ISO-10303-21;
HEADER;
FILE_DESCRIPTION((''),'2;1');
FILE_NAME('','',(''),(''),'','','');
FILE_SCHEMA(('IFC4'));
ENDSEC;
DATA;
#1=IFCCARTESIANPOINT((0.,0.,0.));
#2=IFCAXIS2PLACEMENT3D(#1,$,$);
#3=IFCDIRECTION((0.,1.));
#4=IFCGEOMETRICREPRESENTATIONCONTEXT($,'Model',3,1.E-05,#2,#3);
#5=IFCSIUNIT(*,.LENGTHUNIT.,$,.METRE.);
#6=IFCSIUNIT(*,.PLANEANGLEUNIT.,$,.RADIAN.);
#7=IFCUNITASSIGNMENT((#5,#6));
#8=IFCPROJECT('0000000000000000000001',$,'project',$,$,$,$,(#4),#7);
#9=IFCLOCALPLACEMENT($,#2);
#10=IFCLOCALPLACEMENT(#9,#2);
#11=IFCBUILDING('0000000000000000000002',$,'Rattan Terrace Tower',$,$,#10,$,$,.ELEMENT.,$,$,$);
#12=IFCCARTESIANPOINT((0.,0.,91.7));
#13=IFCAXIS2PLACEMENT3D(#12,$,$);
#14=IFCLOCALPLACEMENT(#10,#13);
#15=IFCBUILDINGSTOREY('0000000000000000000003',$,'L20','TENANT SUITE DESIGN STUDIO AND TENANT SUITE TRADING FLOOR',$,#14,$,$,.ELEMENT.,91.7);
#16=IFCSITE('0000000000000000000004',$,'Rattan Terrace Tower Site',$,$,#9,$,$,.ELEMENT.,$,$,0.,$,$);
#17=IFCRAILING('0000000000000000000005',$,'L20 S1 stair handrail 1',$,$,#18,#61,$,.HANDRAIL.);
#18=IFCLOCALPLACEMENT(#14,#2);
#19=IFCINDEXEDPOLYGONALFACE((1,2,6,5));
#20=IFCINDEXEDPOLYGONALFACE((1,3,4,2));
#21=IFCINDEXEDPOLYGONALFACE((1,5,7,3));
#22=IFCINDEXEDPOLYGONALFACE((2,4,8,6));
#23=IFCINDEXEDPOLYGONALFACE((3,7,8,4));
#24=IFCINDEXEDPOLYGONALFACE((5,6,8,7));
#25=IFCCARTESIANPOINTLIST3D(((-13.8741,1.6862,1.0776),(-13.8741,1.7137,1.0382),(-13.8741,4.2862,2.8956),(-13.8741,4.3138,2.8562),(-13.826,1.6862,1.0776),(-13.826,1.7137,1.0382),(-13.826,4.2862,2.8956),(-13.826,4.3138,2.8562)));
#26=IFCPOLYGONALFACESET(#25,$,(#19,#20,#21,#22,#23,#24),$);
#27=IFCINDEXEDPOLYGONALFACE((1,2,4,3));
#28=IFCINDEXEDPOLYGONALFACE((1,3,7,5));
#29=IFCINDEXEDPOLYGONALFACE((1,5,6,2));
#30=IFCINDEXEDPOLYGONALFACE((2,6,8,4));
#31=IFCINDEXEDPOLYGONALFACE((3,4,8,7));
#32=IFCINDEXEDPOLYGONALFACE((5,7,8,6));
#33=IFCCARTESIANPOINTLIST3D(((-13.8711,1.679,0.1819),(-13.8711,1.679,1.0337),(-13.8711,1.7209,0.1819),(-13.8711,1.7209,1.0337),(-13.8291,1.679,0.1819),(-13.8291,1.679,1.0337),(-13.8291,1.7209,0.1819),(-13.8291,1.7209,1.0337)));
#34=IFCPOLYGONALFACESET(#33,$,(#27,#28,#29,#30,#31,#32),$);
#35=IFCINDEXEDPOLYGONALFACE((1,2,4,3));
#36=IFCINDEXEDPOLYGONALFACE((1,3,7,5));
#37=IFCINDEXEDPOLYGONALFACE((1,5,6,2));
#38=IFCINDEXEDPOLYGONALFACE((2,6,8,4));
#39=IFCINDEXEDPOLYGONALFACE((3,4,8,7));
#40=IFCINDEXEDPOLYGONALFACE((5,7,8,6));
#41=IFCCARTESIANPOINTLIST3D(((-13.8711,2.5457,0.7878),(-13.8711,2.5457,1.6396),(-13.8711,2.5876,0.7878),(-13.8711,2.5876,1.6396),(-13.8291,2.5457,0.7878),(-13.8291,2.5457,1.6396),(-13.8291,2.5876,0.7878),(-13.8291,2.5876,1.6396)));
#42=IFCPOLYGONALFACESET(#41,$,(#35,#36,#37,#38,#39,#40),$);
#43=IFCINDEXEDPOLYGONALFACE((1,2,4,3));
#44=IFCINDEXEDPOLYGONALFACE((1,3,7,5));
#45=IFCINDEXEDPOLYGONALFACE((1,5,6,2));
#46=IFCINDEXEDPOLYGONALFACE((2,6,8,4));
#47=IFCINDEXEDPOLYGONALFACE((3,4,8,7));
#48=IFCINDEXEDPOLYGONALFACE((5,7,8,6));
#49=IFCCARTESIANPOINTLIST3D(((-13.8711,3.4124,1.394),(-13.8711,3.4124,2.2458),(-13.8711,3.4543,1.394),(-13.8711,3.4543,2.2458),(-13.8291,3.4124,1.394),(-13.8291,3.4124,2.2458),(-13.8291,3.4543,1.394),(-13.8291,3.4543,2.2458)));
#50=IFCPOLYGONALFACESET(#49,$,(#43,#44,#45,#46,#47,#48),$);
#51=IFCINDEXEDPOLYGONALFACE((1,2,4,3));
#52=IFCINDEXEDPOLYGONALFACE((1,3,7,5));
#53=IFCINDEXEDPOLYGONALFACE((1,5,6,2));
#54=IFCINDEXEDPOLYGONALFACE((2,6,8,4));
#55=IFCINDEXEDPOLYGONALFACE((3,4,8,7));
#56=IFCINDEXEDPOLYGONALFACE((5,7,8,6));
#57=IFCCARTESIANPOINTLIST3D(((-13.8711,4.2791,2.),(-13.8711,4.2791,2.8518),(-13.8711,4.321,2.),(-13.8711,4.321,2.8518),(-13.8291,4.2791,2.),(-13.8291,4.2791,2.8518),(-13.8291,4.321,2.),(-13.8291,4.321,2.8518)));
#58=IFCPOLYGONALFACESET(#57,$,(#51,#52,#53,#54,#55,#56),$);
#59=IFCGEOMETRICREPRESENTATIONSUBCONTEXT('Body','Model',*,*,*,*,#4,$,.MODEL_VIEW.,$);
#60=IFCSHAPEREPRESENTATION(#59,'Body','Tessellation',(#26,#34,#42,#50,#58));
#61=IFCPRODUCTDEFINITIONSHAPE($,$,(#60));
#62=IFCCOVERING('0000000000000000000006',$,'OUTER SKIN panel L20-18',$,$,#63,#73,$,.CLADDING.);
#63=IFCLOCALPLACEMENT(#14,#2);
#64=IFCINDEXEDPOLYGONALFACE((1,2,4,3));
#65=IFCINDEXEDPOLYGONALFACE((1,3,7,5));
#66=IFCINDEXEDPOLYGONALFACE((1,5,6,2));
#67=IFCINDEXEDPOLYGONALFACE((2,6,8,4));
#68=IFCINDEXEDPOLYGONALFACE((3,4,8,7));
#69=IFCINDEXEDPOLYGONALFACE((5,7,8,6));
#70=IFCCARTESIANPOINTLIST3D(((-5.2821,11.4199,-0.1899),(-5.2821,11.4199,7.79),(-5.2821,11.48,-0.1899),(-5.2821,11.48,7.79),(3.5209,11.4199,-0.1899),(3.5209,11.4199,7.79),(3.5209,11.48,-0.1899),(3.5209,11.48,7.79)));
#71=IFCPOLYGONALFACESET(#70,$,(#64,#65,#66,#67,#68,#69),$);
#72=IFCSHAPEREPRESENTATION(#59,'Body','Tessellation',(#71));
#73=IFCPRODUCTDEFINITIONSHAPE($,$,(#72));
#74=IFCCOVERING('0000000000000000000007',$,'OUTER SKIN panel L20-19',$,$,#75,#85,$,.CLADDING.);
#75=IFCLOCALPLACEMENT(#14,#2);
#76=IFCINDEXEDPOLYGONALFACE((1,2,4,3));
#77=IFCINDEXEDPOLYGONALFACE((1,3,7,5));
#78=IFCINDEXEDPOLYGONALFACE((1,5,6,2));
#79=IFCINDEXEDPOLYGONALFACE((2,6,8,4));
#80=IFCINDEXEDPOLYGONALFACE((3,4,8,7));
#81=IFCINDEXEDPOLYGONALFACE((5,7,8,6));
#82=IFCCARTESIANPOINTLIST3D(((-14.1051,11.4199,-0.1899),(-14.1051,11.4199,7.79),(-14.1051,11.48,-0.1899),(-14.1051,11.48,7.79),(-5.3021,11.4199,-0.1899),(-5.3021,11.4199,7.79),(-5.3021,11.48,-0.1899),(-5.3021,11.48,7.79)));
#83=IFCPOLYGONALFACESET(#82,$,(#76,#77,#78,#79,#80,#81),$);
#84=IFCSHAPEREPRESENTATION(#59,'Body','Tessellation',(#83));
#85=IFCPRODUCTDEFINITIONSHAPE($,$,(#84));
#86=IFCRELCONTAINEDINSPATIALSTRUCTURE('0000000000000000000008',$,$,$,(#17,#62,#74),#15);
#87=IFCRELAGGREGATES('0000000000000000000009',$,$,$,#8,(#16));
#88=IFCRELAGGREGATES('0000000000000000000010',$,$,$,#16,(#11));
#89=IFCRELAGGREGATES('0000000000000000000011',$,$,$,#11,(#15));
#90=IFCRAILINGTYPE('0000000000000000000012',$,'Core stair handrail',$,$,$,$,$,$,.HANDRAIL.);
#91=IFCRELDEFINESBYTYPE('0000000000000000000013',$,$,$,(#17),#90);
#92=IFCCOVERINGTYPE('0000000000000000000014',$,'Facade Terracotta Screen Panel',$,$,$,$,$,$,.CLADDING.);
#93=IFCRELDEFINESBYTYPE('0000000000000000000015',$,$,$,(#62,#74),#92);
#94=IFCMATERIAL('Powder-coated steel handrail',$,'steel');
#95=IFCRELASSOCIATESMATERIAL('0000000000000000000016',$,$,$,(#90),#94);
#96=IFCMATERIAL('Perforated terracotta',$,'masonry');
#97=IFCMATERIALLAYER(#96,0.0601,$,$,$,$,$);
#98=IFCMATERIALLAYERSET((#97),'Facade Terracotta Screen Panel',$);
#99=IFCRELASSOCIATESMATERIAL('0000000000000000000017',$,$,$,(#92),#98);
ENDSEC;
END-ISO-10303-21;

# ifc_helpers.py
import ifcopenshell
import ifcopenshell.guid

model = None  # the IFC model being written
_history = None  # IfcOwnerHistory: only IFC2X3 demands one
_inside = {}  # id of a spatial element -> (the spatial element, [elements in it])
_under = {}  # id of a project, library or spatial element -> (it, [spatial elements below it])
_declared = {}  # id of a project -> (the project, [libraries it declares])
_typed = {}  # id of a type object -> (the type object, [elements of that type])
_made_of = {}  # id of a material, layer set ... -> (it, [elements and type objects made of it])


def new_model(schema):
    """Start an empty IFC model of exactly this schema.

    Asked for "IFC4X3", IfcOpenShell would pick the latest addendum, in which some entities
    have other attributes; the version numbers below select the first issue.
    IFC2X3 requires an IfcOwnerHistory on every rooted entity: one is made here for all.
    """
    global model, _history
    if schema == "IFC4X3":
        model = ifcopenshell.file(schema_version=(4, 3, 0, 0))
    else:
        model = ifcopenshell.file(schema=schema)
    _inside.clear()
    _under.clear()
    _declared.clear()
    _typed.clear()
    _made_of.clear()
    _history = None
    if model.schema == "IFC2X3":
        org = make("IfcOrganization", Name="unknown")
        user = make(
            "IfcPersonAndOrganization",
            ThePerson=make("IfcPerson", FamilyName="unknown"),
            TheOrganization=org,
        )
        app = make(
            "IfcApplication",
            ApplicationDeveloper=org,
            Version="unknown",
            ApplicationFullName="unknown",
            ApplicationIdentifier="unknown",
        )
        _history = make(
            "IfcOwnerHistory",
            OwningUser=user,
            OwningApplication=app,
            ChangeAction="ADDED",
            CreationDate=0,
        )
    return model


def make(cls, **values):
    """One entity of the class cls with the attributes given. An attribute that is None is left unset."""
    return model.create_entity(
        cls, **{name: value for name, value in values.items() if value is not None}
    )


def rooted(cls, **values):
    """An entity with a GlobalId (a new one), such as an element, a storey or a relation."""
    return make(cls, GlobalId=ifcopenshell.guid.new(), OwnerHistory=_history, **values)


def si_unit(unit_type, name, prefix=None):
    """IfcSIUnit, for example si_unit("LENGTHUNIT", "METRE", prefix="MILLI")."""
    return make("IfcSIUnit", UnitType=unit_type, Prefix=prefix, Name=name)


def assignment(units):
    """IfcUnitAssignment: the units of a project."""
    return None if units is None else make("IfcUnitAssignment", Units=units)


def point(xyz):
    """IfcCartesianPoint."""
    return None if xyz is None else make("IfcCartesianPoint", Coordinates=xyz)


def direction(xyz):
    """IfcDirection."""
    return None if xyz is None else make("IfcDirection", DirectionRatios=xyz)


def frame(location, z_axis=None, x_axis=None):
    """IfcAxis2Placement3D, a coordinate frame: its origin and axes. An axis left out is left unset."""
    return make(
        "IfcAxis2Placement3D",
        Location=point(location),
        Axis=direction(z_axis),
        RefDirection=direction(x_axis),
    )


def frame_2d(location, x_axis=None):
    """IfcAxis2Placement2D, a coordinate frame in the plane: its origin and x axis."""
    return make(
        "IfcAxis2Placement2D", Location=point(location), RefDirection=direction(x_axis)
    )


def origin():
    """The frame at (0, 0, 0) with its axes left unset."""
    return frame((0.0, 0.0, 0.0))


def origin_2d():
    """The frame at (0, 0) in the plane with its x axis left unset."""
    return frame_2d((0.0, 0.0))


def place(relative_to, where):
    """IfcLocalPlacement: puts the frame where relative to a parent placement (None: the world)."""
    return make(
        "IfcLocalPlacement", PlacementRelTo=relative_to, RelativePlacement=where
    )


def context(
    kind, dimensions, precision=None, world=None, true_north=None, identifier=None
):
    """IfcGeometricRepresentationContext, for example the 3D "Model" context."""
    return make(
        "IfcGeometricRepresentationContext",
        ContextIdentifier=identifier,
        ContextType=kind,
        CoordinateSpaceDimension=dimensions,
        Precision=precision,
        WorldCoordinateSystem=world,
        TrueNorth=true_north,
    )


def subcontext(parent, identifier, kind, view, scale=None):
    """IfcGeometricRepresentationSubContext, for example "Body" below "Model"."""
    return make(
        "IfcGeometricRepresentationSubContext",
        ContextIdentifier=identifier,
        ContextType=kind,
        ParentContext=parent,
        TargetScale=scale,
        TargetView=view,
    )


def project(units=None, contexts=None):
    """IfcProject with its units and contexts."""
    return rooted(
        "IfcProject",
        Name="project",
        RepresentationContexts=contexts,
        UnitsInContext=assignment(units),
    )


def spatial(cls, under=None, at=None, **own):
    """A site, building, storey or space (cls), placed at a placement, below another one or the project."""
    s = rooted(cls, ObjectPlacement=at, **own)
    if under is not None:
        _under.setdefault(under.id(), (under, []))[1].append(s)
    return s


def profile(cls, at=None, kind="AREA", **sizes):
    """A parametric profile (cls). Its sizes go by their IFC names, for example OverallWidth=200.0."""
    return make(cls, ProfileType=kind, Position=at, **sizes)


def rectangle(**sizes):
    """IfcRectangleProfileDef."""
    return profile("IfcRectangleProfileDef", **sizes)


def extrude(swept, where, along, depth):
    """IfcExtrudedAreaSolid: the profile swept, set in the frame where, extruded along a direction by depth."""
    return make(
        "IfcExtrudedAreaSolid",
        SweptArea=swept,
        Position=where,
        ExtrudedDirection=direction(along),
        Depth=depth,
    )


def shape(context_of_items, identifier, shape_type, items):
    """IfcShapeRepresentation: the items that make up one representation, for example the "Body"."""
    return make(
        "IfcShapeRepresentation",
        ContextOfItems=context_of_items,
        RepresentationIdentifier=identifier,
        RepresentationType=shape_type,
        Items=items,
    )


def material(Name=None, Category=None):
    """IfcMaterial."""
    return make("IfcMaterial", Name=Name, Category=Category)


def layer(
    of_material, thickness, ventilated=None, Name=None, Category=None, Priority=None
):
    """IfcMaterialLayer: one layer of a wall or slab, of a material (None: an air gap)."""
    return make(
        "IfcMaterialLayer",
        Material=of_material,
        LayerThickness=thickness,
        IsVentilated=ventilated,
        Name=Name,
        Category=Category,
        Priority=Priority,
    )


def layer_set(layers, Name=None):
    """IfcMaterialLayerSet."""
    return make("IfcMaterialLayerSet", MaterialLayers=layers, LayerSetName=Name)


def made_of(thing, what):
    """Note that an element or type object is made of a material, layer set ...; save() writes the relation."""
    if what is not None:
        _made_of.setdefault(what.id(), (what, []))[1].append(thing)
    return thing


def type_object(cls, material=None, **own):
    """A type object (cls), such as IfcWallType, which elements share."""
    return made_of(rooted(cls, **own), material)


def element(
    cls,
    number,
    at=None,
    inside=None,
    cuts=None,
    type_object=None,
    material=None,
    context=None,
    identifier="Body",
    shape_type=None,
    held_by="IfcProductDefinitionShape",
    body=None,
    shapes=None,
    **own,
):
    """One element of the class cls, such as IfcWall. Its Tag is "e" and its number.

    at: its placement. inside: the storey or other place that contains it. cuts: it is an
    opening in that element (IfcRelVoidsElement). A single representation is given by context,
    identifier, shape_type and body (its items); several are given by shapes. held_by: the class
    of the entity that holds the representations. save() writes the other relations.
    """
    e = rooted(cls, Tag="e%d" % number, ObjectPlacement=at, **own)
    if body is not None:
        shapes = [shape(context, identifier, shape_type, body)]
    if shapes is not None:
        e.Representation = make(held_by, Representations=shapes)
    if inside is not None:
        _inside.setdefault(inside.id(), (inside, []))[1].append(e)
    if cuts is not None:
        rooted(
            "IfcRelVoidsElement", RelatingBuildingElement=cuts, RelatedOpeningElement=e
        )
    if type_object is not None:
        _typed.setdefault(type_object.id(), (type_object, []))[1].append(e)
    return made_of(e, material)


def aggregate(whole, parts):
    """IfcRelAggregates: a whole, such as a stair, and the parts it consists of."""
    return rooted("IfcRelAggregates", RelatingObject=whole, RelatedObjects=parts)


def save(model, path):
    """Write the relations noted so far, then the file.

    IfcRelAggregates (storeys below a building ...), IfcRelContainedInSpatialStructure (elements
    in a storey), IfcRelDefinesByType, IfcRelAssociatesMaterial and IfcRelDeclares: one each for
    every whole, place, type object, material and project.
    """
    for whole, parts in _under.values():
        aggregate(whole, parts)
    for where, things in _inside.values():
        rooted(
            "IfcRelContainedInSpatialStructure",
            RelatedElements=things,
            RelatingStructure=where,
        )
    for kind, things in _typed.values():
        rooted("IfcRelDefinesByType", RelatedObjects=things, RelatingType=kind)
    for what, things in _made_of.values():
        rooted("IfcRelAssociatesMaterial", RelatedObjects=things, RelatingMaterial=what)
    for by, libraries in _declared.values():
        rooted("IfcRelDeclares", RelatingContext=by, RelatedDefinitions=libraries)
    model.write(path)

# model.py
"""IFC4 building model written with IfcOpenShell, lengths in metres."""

from ifc_helpers import new_model, si_unit, direction, frame, origin, origin_2d, place, context, subcontext, project, spatial, rectangle, extrude, material, layer, layer_set, type_object, element, save


model = new_model("IFC4")

# Units and contexts
model_context = context("Model", 3, precision=1e-05, world=origin(), true_north=direction((0.0, 1.0)))
body_context = subcontext(model_context, "Body", "Model", "MODEL_VIEW")
ifc_project = project(units=[si_unit("LENGTHUNIT", "METRE"), si_unit("PLANEANGLEUNIT", "RADIAN")], contexts=[model_context])

# Site, building, storey
site_placement = place(None, origin())
site = spatial("IfcSite", under=ifc_project, at=site_placement, Name="Rattan Terrace Tower Site", CompositionType="ELEMENT", RefElevation=0.0)
building_placement = place(site_placement, origin())
building = spatial("IfcBuilding", under=site, at=building_placement, Name="Rattan Terrace Tower", CompositionType="ELEMENT")
storey_placement = place(building_placement, frame((0.0, 0.0, 91.7)))
storey = spatial("IfcBuildingStorey", under=building, at=storey_placement, Name="L20", Description="TENANT SUITE DESIGN STUDIO AND TENANT SUITE TRADING FLOOR", CompositionType="ELEMENT", Elevation=91.7)

# Railing
ifc_material_1 = material(Name="Powder-coated steel handrail", Category="steel")
railing_type = type_object("IfcRailingType", Name="Core stair handrail", PredefinedType="HANDRAIL", material=ifc_material_1)
railing_placement = place(storey_placement, frame((-13.8501, 1.7, 0.1819)))
element("IfcRailing", 1, at=railing_placement, inside=storey, type_object=railing_type, Name="L20 S1 stair handrail 1", PredefinedType="HANDRAIL", context=body_context, shape_type="SweptSolid", body=[
    extrude(rectangle(XDim=0.0481, YDim=0.0481, at=origin_2d()), frame((0.0, 0.0, 0.876), z_axis=(0.0, 0.819521, 0.573049), x_axis=(-1.0, 0.0, 0.0)), (0.0, 0.0, 1.0), 3.1726),
    extrude(rectangle(XDim=0.042, YDim=0.042, at=origin_2d()), origin(), (0.0, 0.0, 1.0), 0.8518),
    extrude(rectangle(XDim=0.042, YDim=0.042, at=origin_2d()), frame((0.0, 0.8667, 0.606)), (0.0, 0.0, 1.0), 0.8518),
    extrude(rectangle(XDim=0.042, YDim=0.042, at=origin_2d()), frame((0.0, 1.7334, 1.2122)), (0.0, 0.0, 1.0), 0.8518),
    extrude(rectangle(XDim=0.042, YDim=0.042, at=origin_2d()), frame((0.0, 2.6001, 1.8181)), (0.0, 0.0, 1.0), 0.8518),
])

# Coverings
ifc_material_2 = material(Name="Perforated terracotta", Category="masonry")
ifc_layer_1 = layer(ifc_material_2, 0.0601)
ifc_layer_set_1 = layer_set([ifc_layer_1], Name="Facade Terracotta Screen Panel")
covering_type = type_object("IfcCoveringType", Name="Facade Terracotta Screen Panel", PredefinedType="CLADDING", material=ifc_layer_set_1)
for number, where, z_axis, x_axis, name in (
    (2, (-0.8806, 11.45, -0.1899), (0.0, 0.0, 1.0), (-1.0, 0.0, 0.0), "OUTER SKIN panel L20-18"),
    (3, (-9.7036, 11.45, -0.1899), (0.0, 0.0, 1.0), (-1.0, 0.0, 0.0), "OUTER SKIN panel L20-19"),
):
    element("IfcCovering", number, at=place(storey_placement, frame(where, z_axis=z_axis, x_axis=x_axis)), inside=storey, type_object=covering_type, Name=name, PredefinedType="CLADDING", context=body_context, shape_type="SweptSolid", body=[
        extrude(rectangle(XDim=8.803, YDim=0.0601, at=origin_2d()), origin(), (0.0, 0.0, 1.0), 7.98),
    ])

save(model, "model.ifc")
